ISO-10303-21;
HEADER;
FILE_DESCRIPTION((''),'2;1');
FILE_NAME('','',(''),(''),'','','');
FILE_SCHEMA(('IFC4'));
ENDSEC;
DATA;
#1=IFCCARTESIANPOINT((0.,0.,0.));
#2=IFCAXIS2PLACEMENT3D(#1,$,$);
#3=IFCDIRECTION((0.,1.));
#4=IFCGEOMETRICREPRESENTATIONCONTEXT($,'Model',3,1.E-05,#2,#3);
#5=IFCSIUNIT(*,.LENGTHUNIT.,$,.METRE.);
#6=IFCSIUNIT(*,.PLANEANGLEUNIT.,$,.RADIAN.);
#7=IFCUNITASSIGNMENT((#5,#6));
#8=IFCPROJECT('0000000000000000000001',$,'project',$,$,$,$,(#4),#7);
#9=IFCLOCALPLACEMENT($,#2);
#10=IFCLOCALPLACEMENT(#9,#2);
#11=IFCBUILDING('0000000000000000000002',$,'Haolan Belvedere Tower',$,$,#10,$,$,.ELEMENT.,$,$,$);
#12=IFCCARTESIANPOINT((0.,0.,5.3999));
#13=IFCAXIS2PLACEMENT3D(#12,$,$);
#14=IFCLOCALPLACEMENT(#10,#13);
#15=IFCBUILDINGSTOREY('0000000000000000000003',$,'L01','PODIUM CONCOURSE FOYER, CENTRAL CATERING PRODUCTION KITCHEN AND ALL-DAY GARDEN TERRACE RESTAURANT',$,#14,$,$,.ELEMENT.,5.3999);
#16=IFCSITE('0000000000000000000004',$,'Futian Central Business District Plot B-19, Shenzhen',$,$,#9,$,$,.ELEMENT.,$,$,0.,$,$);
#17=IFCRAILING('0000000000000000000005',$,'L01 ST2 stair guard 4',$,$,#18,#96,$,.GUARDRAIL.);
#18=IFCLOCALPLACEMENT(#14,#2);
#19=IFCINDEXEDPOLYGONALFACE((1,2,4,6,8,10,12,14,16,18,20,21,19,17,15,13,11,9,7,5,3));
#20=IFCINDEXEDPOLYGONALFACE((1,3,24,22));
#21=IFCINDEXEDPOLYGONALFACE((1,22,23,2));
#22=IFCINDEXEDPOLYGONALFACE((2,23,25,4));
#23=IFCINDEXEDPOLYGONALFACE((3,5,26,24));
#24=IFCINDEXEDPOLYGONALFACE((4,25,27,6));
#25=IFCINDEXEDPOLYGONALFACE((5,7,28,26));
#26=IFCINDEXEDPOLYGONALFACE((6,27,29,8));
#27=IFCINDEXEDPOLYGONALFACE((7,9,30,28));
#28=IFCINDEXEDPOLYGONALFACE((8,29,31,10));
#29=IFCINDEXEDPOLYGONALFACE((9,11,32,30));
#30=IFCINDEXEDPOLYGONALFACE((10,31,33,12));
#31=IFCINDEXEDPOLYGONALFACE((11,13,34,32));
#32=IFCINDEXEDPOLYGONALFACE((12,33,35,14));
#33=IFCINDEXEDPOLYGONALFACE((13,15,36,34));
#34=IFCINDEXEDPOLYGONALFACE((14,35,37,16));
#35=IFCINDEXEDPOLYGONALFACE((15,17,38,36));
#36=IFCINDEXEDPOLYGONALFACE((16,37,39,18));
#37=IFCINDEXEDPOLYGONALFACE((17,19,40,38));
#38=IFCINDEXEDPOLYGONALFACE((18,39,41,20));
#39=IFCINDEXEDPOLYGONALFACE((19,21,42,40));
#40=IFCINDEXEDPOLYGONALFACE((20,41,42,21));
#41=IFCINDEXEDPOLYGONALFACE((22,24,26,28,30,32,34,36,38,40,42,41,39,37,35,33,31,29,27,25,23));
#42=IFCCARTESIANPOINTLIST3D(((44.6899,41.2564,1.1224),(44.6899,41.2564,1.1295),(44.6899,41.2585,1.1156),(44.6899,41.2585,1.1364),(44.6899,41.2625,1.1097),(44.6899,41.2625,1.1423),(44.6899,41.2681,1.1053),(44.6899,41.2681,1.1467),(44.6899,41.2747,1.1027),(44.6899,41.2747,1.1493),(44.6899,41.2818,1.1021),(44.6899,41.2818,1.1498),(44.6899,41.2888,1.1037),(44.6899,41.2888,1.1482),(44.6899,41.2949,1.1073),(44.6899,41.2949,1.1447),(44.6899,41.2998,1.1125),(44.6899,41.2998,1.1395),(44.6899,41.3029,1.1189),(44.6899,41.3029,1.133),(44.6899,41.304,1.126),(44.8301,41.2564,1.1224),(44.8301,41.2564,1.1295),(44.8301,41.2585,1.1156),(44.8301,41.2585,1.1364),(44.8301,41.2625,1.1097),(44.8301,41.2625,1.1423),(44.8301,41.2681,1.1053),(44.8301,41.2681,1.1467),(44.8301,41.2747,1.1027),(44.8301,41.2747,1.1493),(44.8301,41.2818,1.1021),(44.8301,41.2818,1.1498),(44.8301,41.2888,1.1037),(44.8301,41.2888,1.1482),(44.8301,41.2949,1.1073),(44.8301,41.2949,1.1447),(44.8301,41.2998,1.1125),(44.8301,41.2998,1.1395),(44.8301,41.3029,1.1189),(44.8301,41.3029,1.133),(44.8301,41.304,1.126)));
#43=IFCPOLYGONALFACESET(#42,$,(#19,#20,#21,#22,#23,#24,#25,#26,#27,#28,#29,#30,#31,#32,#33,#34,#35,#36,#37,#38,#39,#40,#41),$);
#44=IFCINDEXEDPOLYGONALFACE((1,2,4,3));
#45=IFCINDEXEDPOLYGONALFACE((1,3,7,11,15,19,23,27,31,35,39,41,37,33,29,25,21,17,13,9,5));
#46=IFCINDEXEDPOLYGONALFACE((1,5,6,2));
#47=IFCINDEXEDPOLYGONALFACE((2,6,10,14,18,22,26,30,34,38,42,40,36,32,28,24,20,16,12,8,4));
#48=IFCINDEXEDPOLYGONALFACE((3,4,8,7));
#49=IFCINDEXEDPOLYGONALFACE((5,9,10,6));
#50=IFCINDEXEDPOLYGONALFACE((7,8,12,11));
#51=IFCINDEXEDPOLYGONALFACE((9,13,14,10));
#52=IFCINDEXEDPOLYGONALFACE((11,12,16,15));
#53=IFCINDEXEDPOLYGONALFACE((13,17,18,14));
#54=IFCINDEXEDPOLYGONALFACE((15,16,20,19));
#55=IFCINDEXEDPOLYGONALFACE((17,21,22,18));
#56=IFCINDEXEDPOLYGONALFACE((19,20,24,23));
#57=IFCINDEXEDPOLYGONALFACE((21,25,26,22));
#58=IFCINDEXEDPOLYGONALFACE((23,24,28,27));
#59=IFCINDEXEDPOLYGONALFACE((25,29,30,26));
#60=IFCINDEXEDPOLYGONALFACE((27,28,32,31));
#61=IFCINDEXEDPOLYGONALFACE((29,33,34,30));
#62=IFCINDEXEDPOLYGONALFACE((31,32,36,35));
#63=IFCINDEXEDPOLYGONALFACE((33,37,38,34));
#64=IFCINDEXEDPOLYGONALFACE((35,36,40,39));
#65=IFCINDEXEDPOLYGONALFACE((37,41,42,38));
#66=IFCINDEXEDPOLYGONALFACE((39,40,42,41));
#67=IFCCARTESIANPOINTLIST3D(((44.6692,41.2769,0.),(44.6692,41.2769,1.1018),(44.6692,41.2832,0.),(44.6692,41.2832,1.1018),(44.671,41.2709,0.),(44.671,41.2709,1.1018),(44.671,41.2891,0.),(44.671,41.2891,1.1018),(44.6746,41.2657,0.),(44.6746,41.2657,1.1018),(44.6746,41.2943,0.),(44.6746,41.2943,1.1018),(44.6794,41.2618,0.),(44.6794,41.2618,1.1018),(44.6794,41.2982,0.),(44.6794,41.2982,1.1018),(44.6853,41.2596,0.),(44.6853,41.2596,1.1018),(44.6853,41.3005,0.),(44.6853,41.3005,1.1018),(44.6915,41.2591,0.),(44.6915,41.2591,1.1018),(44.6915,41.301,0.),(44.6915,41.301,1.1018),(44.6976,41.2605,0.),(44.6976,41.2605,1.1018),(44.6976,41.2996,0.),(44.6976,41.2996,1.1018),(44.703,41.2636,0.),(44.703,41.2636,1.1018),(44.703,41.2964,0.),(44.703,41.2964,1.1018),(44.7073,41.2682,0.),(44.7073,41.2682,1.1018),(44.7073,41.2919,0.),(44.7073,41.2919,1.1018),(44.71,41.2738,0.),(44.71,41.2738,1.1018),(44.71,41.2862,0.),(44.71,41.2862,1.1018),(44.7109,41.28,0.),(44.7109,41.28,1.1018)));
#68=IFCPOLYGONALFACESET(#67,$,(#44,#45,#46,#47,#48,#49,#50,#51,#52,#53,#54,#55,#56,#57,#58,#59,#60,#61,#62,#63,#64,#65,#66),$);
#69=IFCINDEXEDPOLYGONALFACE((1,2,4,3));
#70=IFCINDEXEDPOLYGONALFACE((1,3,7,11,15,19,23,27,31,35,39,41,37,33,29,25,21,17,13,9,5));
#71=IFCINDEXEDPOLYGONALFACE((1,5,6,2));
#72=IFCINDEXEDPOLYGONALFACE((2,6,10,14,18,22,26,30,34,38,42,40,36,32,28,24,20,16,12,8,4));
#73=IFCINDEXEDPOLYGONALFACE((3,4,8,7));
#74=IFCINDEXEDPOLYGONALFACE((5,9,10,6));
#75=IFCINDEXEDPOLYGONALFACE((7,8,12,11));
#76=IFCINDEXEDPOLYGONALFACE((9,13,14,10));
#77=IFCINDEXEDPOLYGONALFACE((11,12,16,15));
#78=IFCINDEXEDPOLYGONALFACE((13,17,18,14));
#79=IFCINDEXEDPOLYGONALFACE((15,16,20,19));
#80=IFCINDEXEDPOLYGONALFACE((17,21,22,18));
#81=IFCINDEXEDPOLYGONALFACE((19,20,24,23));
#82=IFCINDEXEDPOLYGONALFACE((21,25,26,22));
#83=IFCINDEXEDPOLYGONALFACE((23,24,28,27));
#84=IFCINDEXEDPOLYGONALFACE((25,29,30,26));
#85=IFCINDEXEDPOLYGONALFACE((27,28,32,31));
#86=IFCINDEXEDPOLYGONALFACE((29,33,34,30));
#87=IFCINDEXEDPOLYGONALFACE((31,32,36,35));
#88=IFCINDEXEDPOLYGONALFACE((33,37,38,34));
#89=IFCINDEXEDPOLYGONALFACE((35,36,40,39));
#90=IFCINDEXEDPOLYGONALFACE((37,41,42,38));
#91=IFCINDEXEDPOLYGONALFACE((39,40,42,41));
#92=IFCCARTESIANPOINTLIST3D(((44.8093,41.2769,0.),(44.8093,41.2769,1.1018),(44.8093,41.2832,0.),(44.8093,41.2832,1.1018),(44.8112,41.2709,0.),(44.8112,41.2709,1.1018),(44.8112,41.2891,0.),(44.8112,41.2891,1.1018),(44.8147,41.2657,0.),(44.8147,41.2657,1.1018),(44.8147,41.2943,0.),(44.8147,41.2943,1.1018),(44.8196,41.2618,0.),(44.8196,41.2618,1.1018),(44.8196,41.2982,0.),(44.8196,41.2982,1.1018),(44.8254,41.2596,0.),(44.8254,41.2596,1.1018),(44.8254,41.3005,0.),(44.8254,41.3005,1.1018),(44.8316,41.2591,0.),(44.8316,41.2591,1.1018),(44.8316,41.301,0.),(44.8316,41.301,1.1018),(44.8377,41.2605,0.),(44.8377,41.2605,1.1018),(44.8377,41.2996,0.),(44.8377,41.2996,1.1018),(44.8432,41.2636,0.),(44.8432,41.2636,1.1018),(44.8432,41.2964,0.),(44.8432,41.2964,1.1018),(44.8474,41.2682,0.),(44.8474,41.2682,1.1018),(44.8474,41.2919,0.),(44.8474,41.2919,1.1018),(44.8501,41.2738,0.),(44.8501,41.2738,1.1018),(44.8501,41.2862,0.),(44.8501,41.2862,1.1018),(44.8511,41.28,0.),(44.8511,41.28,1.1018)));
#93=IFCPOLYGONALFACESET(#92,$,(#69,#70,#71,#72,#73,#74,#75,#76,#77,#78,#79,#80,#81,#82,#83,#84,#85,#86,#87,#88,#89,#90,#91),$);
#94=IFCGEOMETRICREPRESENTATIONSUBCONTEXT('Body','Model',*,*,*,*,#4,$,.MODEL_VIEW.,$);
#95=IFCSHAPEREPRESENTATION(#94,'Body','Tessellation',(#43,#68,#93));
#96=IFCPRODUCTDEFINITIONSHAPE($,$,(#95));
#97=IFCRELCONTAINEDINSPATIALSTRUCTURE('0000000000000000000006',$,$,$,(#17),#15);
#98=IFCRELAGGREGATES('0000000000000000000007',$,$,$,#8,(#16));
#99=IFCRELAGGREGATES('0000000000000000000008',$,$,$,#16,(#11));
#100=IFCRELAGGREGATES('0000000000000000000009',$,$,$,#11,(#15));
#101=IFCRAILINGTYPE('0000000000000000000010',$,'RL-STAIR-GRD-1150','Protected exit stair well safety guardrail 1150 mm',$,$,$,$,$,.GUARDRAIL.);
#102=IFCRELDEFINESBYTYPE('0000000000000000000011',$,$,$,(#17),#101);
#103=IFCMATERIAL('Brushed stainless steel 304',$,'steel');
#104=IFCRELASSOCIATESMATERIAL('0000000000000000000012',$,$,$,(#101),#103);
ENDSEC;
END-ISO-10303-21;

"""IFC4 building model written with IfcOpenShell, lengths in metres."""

from ifc_helpers import new_model, si_unit, direction, frame, origin, origin_2d, place, context, subcontext, project, spatial, circle, extrude, material, type_object, element, save


model = new_model("IFC4")

# Units and contexts
model_context = context("Model", 3, precision=1e-05, world=origin(), true_north=direction((0.0, 1.0)))
body_context = subcontext(model_context, "Body", "Model", "MODEL_VIEW")
ifc_project = project(units=[si_unit("LENGTHUNIT", "METRE"), si_unit("PLANEANGLEUNIT", "RADIAN")], contexts=[model_context])

# Site, building, storey
site_placement = place(None, origin())
site = spatial("IfcSite", under=ifc_project, at=site_placement, Name="Futian Central Business District Plot B-19, Shenzhen", CompositionType="ELEMENT", RefElevation=0.0)
building_placement = place(site_placement, origin())
building = spatial("IfcBuilding", under=site, at=building_placement, Name="Haolan Belvedere Tower", CompositionType="ELEMENT")
storey_placement = place(building_placement, frame((0.0, 0.0, 5.3999)))
storey = spatial("IfcBuildingStorey", under=building, at=storey_placement, Name="L01", Description="PODIUM CONCOURSE FOYER, CENTRAL CATERING PRODUCTION KITCHEN AND ALL-DAY GARDEN TERRACE RESTAURANT", CompositionType="ELEMENT", Elevation=5.3999)

# Railing
ifc_material_1 = material(Name="Brushed stainless steel 304", Category="steel")
railing_type_1 = type_object("IfcRailingType", Name="RL-STAIR-GRD-1150", Description="Protected exit stair well safety guardrail 1150 mm", PredefinedType="GUARDRAIL", material=ifc_material_1)
railing_1_placement = place(storey_placement, frame((44.6899, 41.28, 0.0)))
element("IfcRailing", 1, at=railing_1_placement, inside=storey, type_object=railing_type_1, Name="L01 ST2 stair guard 4", PredefinedType="GUARDRAIL", context=body_context, shape_type="SweptSolid", body=[
    extrude(circle(Radius=0.0239, at=origin_2d()), frame((0.0, 0.0, 1.126), z_axis=(1.0, 0.0, 0.0), x_axis=(0.0, 1.0, 0.0)), (0.0, 0.0, 1.0), 0.1401),
    extrude(circle(Radius=0.021, at=origin_2d()), origin(), (0.0, 0.0, 1.0), 1.1018),
    extrude(circle(Radius=0.021, at=origin_2d()), frame((0.1401, 0.0, 0.0)), (0.0, 0.0, 1.0), 1.1018),
])

save(model, "model.ifc")
